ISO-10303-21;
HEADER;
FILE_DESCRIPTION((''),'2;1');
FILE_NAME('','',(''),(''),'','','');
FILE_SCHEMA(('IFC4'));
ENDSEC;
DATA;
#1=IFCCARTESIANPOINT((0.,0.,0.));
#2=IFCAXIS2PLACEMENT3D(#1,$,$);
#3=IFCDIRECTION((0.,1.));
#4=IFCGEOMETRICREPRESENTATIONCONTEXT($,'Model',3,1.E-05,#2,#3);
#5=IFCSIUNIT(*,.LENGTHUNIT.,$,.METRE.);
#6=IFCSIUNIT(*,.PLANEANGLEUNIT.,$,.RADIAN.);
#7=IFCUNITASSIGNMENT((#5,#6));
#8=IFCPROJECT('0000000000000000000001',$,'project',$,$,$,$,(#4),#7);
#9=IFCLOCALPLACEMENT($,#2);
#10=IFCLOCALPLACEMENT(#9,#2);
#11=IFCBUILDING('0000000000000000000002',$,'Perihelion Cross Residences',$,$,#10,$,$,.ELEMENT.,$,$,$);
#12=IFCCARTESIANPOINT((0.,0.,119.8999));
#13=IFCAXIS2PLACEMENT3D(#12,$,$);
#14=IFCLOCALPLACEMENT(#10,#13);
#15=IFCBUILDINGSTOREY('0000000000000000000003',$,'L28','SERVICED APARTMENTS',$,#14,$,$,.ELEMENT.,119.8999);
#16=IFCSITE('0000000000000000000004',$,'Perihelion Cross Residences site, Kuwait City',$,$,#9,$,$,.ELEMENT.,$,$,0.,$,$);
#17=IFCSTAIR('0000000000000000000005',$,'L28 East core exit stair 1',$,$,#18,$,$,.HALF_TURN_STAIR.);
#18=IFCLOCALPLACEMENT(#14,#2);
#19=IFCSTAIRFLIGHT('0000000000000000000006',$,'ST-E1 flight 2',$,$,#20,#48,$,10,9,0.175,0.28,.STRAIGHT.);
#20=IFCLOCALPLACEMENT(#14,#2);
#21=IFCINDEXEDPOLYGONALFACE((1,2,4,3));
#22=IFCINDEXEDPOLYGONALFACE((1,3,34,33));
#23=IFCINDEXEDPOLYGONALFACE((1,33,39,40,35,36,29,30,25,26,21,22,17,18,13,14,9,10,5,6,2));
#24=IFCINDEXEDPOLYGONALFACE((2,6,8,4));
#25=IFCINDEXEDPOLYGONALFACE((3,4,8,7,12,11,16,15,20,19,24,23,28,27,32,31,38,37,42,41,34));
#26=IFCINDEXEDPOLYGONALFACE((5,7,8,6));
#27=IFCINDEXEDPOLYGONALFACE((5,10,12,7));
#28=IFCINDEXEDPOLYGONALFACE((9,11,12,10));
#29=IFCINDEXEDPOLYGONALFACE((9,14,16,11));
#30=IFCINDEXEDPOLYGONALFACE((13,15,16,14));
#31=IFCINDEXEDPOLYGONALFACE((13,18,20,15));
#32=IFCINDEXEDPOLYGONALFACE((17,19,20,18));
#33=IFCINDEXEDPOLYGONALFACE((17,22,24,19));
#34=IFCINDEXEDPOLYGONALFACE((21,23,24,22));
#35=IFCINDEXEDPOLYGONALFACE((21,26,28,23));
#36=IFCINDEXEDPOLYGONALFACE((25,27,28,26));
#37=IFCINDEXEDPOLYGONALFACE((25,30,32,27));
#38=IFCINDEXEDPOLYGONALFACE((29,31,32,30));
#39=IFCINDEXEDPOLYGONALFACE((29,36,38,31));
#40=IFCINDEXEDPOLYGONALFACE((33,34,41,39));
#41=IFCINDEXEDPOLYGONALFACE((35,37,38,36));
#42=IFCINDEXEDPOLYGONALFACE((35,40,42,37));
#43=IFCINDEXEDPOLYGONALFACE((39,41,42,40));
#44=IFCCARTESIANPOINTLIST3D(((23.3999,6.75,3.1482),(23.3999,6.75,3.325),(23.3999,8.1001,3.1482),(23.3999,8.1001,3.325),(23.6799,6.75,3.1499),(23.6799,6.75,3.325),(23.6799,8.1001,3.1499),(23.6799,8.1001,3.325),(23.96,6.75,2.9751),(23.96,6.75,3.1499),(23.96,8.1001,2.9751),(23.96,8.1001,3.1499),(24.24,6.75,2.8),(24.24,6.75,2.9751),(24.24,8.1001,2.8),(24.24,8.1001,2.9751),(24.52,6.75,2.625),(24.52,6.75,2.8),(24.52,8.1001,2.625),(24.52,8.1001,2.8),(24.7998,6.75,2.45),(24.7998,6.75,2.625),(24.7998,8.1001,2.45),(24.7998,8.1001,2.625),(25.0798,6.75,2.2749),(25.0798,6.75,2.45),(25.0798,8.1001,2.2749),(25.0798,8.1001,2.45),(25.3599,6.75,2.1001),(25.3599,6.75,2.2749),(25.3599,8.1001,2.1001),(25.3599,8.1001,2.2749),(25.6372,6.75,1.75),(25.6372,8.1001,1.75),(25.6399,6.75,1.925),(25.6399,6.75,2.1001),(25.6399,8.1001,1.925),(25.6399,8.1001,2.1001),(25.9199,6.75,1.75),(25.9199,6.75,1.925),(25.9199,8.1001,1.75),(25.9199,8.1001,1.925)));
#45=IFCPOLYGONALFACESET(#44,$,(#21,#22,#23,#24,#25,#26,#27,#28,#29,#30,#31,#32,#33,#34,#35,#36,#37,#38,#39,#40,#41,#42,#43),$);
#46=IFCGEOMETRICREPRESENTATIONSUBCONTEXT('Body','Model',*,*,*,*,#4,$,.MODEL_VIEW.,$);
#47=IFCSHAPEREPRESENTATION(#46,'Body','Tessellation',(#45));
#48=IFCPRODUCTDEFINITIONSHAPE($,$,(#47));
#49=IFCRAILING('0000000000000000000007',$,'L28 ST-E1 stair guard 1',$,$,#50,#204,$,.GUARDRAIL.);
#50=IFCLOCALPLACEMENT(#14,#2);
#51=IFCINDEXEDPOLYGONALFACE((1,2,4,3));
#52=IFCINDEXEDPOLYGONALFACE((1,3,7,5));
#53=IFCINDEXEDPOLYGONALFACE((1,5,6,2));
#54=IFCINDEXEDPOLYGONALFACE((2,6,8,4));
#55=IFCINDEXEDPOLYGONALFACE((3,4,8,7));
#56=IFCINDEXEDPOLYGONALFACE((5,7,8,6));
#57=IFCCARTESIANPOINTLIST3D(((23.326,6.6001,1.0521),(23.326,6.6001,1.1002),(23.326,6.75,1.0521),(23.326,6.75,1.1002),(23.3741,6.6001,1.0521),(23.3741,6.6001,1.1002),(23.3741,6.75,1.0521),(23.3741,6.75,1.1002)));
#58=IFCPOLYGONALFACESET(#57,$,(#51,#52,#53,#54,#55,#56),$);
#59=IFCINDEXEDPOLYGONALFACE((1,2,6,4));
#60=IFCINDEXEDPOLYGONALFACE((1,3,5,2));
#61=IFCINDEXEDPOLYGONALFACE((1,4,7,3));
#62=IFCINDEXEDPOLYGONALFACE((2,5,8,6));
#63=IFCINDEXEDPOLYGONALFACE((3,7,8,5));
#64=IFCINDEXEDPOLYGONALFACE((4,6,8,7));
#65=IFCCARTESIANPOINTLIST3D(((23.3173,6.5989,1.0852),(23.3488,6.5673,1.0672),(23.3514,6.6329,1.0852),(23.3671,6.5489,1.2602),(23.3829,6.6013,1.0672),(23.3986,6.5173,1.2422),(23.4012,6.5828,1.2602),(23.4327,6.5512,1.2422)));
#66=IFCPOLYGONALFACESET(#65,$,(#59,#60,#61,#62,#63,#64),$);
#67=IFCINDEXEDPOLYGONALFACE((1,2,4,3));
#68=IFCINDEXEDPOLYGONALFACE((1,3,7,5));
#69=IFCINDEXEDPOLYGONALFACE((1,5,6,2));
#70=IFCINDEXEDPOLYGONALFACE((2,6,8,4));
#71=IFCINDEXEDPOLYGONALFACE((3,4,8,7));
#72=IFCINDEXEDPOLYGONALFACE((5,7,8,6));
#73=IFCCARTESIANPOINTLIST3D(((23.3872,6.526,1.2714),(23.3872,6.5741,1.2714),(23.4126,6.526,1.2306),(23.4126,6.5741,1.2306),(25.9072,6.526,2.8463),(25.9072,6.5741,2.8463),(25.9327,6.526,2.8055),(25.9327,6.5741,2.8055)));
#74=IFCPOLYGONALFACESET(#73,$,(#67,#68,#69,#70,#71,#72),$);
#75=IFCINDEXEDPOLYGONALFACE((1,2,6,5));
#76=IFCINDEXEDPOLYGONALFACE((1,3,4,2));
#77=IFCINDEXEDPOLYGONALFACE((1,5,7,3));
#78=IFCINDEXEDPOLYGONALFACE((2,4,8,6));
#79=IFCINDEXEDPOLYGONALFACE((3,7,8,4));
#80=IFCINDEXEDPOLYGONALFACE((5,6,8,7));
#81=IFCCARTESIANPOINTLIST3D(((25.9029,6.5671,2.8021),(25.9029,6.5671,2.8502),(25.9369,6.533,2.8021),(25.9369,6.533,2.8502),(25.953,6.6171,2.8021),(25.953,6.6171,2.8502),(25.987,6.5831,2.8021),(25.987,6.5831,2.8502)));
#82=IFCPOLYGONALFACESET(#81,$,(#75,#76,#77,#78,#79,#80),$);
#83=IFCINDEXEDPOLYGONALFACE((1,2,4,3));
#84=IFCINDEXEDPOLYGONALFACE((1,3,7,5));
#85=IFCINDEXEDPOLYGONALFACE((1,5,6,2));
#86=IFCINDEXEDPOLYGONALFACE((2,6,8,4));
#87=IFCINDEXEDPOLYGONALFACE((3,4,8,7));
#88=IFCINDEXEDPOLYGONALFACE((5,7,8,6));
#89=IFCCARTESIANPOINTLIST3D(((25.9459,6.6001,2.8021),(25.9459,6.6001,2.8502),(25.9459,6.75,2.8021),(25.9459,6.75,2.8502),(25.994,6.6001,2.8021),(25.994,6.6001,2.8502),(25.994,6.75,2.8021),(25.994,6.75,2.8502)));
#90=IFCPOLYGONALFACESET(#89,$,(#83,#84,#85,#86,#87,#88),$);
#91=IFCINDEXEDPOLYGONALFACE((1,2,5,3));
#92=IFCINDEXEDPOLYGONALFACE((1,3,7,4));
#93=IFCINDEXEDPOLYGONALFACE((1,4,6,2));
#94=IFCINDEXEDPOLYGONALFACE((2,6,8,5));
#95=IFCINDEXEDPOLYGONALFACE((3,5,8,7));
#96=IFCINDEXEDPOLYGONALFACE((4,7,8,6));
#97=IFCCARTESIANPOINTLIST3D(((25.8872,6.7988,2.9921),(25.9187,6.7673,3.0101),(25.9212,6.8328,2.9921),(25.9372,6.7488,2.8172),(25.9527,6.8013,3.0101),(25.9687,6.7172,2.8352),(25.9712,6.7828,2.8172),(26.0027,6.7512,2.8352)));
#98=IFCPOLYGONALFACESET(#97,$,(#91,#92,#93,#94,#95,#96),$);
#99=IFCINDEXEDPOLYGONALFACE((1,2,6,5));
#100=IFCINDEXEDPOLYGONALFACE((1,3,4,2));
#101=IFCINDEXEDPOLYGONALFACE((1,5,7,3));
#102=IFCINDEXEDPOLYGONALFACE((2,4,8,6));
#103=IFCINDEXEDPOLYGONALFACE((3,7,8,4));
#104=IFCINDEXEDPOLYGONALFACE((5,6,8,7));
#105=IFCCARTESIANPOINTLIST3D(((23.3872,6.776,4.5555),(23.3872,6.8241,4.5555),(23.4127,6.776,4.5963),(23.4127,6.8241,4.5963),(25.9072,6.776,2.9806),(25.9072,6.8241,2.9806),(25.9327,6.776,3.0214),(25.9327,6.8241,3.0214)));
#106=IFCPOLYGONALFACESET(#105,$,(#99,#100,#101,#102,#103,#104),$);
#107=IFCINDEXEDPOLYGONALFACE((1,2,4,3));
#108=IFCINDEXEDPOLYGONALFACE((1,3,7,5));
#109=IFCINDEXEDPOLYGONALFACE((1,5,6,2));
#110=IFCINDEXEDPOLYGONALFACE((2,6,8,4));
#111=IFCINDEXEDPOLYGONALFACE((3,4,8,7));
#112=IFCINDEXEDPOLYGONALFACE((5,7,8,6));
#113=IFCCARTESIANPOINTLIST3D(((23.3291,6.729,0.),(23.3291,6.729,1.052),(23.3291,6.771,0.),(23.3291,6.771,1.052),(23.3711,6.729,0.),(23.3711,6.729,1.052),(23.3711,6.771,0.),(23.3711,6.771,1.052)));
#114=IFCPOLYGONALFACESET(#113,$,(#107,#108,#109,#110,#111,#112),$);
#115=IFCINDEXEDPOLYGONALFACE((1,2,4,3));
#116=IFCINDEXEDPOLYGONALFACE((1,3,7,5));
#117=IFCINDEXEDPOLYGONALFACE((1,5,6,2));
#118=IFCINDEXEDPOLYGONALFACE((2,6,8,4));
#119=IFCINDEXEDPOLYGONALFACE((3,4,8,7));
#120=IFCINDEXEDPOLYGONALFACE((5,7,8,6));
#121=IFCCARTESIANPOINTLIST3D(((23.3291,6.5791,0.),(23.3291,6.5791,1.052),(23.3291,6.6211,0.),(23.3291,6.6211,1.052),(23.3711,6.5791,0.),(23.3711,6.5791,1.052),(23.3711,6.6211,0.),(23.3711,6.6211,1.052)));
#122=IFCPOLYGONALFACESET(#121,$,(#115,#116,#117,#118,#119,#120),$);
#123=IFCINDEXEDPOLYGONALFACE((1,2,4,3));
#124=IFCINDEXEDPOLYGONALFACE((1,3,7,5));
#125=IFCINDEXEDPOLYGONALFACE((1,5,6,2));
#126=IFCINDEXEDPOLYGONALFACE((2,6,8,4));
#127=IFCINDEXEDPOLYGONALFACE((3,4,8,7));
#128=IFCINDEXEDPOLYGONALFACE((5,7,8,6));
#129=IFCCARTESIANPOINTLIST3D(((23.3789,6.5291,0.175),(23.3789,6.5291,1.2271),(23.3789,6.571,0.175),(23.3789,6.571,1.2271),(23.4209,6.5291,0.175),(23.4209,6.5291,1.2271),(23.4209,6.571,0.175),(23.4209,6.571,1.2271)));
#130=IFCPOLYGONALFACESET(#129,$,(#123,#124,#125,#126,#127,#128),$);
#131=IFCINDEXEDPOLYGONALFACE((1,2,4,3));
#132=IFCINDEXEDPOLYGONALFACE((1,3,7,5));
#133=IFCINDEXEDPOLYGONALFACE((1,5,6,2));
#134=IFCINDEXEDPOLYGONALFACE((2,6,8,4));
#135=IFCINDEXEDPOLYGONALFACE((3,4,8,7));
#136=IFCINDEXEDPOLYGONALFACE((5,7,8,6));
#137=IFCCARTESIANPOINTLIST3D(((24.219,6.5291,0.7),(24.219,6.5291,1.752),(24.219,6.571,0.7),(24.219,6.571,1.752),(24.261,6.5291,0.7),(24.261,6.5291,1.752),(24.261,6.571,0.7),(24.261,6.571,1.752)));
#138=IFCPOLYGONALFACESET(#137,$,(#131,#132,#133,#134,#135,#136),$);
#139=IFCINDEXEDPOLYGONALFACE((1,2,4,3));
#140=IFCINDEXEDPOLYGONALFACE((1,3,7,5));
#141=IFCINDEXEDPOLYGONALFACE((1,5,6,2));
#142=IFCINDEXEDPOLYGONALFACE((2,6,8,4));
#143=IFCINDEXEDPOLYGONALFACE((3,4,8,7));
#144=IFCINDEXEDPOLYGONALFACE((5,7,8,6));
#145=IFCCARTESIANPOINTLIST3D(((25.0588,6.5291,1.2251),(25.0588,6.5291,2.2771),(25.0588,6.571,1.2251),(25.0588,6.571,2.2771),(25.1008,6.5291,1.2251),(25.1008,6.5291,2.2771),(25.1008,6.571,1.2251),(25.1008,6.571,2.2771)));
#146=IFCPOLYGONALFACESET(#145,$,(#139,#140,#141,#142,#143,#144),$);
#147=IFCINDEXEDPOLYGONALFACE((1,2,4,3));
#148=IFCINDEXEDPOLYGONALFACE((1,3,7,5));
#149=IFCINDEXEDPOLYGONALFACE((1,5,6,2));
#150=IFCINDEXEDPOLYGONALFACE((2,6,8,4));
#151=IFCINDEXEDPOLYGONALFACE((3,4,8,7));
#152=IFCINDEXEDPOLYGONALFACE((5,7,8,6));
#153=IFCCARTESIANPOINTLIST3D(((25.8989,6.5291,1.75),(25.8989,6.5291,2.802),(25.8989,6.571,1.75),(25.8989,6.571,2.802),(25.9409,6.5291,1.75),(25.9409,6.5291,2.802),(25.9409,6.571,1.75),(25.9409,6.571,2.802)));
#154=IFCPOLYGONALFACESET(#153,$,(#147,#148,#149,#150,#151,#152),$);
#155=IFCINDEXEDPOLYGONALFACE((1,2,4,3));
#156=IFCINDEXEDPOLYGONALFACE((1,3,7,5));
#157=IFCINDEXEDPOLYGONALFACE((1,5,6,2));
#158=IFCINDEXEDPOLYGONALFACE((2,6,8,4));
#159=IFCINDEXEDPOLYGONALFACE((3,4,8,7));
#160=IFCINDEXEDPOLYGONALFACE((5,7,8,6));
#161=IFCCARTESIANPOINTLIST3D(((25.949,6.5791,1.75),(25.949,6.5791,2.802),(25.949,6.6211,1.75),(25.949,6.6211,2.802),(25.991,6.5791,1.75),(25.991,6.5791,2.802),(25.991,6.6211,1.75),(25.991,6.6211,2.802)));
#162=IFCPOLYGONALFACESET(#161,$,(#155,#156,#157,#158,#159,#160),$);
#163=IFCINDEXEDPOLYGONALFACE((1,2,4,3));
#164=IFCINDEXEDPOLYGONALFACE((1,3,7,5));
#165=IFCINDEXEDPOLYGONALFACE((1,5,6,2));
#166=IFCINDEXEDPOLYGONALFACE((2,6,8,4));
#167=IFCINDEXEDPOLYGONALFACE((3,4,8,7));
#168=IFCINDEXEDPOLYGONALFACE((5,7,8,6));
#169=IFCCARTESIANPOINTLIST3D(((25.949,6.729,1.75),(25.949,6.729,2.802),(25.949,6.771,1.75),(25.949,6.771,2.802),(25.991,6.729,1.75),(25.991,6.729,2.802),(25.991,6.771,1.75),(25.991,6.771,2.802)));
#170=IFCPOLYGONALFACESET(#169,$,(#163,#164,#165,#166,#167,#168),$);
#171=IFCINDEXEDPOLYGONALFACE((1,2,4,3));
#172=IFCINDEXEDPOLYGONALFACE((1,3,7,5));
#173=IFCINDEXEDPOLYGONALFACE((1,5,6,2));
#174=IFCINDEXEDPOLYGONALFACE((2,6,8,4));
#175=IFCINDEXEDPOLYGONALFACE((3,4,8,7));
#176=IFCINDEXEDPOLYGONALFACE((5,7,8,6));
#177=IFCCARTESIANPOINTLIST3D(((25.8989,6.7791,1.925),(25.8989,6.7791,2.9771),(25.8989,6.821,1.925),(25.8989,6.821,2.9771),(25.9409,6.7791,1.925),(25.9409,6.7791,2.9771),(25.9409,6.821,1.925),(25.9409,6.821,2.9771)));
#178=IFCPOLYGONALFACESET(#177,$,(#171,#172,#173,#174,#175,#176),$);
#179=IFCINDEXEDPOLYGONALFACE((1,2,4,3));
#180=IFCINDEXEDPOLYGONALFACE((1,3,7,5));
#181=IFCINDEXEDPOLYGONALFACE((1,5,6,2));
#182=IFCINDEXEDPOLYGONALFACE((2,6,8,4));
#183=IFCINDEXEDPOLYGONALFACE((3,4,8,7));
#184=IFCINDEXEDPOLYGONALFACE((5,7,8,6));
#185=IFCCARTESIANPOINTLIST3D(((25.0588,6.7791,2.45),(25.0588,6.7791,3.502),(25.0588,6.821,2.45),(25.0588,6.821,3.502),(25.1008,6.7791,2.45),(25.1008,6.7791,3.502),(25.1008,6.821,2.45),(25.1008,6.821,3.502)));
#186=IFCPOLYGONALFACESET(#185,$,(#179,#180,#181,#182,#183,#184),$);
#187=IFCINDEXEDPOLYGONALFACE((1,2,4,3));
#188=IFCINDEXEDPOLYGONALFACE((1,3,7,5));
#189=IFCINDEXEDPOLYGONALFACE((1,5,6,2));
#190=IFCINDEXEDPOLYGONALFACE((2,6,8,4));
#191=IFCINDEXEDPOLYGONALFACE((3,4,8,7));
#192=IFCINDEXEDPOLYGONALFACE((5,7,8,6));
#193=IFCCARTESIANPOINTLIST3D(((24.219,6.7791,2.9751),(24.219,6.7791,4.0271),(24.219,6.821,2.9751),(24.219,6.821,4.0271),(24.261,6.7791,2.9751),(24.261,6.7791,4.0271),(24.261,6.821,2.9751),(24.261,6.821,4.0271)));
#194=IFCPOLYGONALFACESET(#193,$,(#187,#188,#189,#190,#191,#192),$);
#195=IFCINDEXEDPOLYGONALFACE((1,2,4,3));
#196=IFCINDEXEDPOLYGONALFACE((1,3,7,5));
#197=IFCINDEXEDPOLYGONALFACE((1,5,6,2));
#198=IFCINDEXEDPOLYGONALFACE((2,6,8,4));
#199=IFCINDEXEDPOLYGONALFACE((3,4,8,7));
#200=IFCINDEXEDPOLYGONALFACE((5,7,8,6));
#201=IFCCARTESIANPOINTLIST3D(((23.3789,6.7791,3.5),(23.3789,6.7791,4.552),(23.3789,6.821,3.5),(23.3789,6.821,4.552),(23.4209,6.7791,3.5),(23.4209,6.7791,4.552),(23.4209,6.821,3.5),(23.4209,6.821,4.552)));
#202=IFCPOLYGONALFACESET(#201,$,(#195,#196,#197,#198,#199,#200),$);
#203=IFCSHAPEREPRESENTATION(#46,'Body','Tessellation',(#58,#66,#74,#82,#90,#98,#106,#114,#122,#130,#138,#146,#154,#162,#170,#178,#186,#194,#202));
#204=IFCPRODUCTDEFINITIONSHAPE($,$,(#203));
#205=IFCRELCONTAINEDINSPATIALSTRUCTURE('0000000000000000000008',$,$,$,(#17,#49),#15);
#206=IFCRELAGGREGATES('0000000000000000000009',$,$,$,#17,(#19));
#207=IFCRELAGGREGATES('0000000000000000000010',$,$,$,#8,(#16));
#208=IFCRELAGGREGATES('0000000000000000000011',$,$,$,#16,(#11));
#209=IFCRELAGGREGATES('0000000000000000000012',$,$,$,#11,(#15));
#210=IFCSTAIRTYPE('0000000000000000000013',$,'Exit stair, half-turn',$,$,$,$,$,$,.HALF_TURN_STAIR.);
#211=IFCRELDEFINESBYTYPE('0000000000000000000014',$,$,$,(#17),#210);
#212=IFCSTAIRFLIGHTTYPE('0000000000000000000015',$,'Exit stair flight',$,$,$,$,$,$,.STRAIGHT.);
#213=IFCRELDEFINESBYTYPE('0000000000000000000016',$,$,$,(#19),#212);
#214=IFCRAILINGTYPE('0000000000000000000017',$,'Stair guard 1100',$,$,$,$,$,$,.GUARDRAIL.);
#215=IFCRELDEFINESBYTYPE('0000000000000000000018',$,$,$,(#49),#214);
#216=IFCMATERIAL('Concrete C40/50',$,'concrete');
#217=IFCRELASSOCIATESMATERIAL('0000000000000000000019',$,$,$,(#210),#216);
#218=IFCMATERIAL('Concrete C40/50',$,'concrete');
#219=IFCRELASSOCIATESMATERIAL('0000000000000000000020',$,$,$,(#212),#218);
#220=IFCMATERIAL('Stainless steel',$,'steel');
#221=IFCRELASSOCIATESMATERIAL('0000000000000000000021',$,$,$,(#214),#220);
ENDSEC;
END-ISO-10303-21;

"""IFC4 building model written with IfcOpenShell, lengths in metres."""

from ifc_helpers import new_model, si_unit, direction, frame, origin, origin_2d, place, context, subcontext, project, spatial, polyline, rectangle, outline, extrude, material, type_object, element, aggregate, save


model = new_model("IFC4")

# Units and contexts
model_context = context("Model", 3, precision=1e-05, world=origin(), true_north=direction((0.0, 1.0)))
body_context = subcontext(model_context, "Body", "Model", "MODEL_VIEW")
ifc_project = project(units=[si_unit("LENGTHUNIT", "METRE"), si_unit("PLANEANGLEUNIT", "RADIAN")], contexts=[model_context])

# Site, building, storey
site_placement = place(None, origin())
site = spatial("IfcSite", under=ifc_project, at=site_placement, Name="Perihelion Cross Residences site, Kuwait City", CompositionType="ELEMENT", RefElevation=0.0)
building_placement = place(site_placement, origin())
building = spatial("IfcBuilding", under=site, at=building_placement, Name="Perihelion Cross Residences", CompositionType="ELEMENT")
storey_placement = place(building_placement, frame((0.0, 0.0, 119.8999)))
storey = spatial("IfcBuildingStorey", under=building, at=storey_placement, Name="L28", Description="SERVICED APARTMENTS", CompositionType="ELEMENT", Elevation=119.8999)

# Stair, stair flight
ifc_material_1 = material(Name="Concrete C40/50", Category="concrete")
stair_type = type_object("IfcStairType", Name="Exit stair, half-turn", PredefinedType="HALF_TURN_STAIR", material=ifc_material_1)
stair_placement = place(storey_placement, origin())
stair = element("IfcStair", 1, at=stair_placement, inside=storey, type_object=stair_type, Name="L28 East core exit stair 1", PredefinedType="HALF_TURN_STAIR")
ifc_material_2 = material(Name="Concrete C40/50", Category="concrete")
stair_flight_type = type_object("IfcStairFlightType", Name="Exit stair flight", PredefinedType="STRAIGHT", material=ifc_material_2)
stair_flight_placement = place(storey_placement, frame((25.9199, 7.425, 1.75), z_axis=(0.0, 0.0, 1.0), x_axis=(-1.0, 0.0, 0.0)))
stair_flight = element("IfcStairFlight", 2, at=stair_flight_placement, type_object=stair_flight_type, Name="ST-E1 flight 2", NumberOfRisers=10, NumberOfTreads=9, PredefinedType="STRAIGHT", RiserHeight=0.175, TreadLength=0.28, context=body_context, shape_type="SweptSolid", body=[
    extrude(outline(polyline([(0.0, 0.0), (0.0, 0.175), (0.28, 0.175), (0.28, 0.3501), (0.5601, 0.3501), (0.5601, 0.5249), (0.8401, 0.5249), (0.8401, 0.7), (1.1201, 0.7), (1.1201, 0.875), (1.3999, 0.875), (1.3999, 1.05), (1.6799, 1.05), (1.6799, 1.2251), (1.96, 1.2251), (1.96, 1.3999), (2.24, 1.3999), (2.24, 1.575), (2.52, 1.575), (2.52, 1.75), (2.52, 1.3982), (0.2827, 0.0), (0.0, 0.0)])), frame((0.0, 0.675, 0.0), z_axis=(0.0, -1.0, 0.0), x_axis=(1.0, 0.0, 0.0)), (0.0, 0.0, 1.0), 1.3501),
])
aggregate(stair, [stair_flight])

# Railing
ifc_material_3 = material(Name="Stainless steel", Category="steel")
railing_type = type_object("IfcRailingType", Name="Stair guard 1100", PredefinedType="GUARDRAIL", material=ifc_material_3)
railing_placement = place(storey_placement, frame((23.3501, 6.75, 0.0)))
element("IfcRailing", 3, at=railing_placement, inside=storey, type_object=railing_type, Name="L28 ST-E1 stair guard 1", PredefinedType="GUARDRAIL", context=body_context, shape_type="SweptSolid", body=[
    extrude(rectangle(XDim=0.0481, YDim=0.0481, at=origin_2d()), frame((0.0, 0.0, 1.0762), z_axis=(0.0, -1.0, 0.0), x_axis=(1.0, 0.0, 0.0)), (0.0, 0.0, 1.0), 0.1499),
    extrude(rectangle(XDim=0.0481, YDim=0.0481, at=origin_2d()), frame((0.0, -0.1499, 1.0762), z_axis=(0.263862, -0.265156, 0.927399), x_axis=(0.708834, 0.705376, 0.0)), (0.0, 0.0, 1.0), 0.1887),
    extrude(rectangle(XDim=0.0481, YDim=0.0481, at=origin_2d()), frame((0.0498, -0.2, 1.251), z_axis=(0.848008, 0.0, 0.529984), x_axis=(0.0, 1.0, 0.0)), (0.0, 0.0, 1.0), 2.9717),
    extrude(rectangle(XDim=0.0481, YDim=0.0481, at=origin_2d()), frame((2.5698, -0.2, 2.8262), z_axis=(0.707107, 0.707107, 0.0), x_axis=(-0.707107, 0.707107, 0.0)), (0.0, 0.0, 1.0), 0.0708),
    extrude(rectangle(XDim=0.0481, YDim=0.0481, at=origin_2d()), frame((2.6199, -0.1499, 2.8262), z_axis=(0.0, 1.0, 0.0), x_axis=(-1.0, 0.0, 0.0)), (0.0, 0.0, 1.0), 0.1499),
    extrude(rectangle(XDim=0.0481, YDim=0.0481, at=origin_2d()), frame((2.6199, 0.0, 2.8262), z_axis=(-0.265065, 0.265065, 0.927082), x_axis=(-0.707107, -0.707107, 0.0)), (0.0, 0.0, 1.0), 0.1887),
    extrude(rectangle(XDim=0.0481, YDim=0.0481, at=origin_2d()), frame((2.5698, 0.05, 3.001), z_axis=(-0.848008, 0.0, 0.529984), x_axis=(0.0, -1.0, 0.0)), (0.0, 0.0, 1.0), 2.9717),
    extrude(rectangle(XDim=0.042, YDim=0.042, at=origin_2d()), origin(), (0.0, 0.0, 1.0), 1.052),
    extrude(rectangle(XDim=0.042, YDim=0.042, at=origin_2d()), frame((0.0, -0.1499, 0.0)), (0.0, 0.0, 1.0), 1.052),
    extrude(rectangle(XDim=0.042, YDim=0.042, at=origin_2d()), frame((0.0498, -0.2, 0.175)), (0.0, 0.0, 1.0), 1.052),
    extrude(rectangle(XDim=0.042, YDim=0.042, at=origin_2d()), frame((0.8899, -0.2, 0.7)), (0.0, 0.0, 1.0), 1.052),
    extrude(rectangle(XDim=0.042, YDim=0.042, at=origin_2d()), frame((1.7297, -0.2, 1.2251)), (0.0, 0.0, 1.0), 1.052),
    extrude(rectangle(XDim=0.042, YDim=0.042, at=origin_2d()), frame((2.5698, -0.2, 1.75)), (0.0, 0.0, 1.0), 1.052),
    extrude(rectangle(XDim=0.042, YDim=0.042, at=origin_2d()), frame((2.6199, -0.1499, 1.75)), (0.0, 0.0, 1.0), 1.052),
    extrude(rectangle(XDim=0.042, YDim=0.042, at=origin_2d()), frame((2.6199, 0.0, 1.75)), (0.0, 0.0, 1.0), 1.052),
    extrude(rectangle(XDim=0.042, YDim=0.042, at=origin_2d()), frame((2.5698, 0.05, 1.925)), (0.0, 0.0, 1.0), 1.052),
    extrude(rectangle(XDim=0.042, YDim=0.042, at=origin_2d()), frame((1.7297, 0.05, 2.45)), (0.0, 0.0, 1.0), 1.052),
    extrude(rectangle(XDim=0.042, YDim=0.042, at=origin_2d()), frame((0.8899, 0.05, 2.9751)), (0.0, 0.0, 1.0), 1.052),
    extrude(rectangle(XDim=0.042, YDim=0.042, at=origin_2d()), frame((0.0498, 0.05, 3.5)), (0.0, 0.0, 1.0), 1.052),
])

save(model, "model.ifc")
